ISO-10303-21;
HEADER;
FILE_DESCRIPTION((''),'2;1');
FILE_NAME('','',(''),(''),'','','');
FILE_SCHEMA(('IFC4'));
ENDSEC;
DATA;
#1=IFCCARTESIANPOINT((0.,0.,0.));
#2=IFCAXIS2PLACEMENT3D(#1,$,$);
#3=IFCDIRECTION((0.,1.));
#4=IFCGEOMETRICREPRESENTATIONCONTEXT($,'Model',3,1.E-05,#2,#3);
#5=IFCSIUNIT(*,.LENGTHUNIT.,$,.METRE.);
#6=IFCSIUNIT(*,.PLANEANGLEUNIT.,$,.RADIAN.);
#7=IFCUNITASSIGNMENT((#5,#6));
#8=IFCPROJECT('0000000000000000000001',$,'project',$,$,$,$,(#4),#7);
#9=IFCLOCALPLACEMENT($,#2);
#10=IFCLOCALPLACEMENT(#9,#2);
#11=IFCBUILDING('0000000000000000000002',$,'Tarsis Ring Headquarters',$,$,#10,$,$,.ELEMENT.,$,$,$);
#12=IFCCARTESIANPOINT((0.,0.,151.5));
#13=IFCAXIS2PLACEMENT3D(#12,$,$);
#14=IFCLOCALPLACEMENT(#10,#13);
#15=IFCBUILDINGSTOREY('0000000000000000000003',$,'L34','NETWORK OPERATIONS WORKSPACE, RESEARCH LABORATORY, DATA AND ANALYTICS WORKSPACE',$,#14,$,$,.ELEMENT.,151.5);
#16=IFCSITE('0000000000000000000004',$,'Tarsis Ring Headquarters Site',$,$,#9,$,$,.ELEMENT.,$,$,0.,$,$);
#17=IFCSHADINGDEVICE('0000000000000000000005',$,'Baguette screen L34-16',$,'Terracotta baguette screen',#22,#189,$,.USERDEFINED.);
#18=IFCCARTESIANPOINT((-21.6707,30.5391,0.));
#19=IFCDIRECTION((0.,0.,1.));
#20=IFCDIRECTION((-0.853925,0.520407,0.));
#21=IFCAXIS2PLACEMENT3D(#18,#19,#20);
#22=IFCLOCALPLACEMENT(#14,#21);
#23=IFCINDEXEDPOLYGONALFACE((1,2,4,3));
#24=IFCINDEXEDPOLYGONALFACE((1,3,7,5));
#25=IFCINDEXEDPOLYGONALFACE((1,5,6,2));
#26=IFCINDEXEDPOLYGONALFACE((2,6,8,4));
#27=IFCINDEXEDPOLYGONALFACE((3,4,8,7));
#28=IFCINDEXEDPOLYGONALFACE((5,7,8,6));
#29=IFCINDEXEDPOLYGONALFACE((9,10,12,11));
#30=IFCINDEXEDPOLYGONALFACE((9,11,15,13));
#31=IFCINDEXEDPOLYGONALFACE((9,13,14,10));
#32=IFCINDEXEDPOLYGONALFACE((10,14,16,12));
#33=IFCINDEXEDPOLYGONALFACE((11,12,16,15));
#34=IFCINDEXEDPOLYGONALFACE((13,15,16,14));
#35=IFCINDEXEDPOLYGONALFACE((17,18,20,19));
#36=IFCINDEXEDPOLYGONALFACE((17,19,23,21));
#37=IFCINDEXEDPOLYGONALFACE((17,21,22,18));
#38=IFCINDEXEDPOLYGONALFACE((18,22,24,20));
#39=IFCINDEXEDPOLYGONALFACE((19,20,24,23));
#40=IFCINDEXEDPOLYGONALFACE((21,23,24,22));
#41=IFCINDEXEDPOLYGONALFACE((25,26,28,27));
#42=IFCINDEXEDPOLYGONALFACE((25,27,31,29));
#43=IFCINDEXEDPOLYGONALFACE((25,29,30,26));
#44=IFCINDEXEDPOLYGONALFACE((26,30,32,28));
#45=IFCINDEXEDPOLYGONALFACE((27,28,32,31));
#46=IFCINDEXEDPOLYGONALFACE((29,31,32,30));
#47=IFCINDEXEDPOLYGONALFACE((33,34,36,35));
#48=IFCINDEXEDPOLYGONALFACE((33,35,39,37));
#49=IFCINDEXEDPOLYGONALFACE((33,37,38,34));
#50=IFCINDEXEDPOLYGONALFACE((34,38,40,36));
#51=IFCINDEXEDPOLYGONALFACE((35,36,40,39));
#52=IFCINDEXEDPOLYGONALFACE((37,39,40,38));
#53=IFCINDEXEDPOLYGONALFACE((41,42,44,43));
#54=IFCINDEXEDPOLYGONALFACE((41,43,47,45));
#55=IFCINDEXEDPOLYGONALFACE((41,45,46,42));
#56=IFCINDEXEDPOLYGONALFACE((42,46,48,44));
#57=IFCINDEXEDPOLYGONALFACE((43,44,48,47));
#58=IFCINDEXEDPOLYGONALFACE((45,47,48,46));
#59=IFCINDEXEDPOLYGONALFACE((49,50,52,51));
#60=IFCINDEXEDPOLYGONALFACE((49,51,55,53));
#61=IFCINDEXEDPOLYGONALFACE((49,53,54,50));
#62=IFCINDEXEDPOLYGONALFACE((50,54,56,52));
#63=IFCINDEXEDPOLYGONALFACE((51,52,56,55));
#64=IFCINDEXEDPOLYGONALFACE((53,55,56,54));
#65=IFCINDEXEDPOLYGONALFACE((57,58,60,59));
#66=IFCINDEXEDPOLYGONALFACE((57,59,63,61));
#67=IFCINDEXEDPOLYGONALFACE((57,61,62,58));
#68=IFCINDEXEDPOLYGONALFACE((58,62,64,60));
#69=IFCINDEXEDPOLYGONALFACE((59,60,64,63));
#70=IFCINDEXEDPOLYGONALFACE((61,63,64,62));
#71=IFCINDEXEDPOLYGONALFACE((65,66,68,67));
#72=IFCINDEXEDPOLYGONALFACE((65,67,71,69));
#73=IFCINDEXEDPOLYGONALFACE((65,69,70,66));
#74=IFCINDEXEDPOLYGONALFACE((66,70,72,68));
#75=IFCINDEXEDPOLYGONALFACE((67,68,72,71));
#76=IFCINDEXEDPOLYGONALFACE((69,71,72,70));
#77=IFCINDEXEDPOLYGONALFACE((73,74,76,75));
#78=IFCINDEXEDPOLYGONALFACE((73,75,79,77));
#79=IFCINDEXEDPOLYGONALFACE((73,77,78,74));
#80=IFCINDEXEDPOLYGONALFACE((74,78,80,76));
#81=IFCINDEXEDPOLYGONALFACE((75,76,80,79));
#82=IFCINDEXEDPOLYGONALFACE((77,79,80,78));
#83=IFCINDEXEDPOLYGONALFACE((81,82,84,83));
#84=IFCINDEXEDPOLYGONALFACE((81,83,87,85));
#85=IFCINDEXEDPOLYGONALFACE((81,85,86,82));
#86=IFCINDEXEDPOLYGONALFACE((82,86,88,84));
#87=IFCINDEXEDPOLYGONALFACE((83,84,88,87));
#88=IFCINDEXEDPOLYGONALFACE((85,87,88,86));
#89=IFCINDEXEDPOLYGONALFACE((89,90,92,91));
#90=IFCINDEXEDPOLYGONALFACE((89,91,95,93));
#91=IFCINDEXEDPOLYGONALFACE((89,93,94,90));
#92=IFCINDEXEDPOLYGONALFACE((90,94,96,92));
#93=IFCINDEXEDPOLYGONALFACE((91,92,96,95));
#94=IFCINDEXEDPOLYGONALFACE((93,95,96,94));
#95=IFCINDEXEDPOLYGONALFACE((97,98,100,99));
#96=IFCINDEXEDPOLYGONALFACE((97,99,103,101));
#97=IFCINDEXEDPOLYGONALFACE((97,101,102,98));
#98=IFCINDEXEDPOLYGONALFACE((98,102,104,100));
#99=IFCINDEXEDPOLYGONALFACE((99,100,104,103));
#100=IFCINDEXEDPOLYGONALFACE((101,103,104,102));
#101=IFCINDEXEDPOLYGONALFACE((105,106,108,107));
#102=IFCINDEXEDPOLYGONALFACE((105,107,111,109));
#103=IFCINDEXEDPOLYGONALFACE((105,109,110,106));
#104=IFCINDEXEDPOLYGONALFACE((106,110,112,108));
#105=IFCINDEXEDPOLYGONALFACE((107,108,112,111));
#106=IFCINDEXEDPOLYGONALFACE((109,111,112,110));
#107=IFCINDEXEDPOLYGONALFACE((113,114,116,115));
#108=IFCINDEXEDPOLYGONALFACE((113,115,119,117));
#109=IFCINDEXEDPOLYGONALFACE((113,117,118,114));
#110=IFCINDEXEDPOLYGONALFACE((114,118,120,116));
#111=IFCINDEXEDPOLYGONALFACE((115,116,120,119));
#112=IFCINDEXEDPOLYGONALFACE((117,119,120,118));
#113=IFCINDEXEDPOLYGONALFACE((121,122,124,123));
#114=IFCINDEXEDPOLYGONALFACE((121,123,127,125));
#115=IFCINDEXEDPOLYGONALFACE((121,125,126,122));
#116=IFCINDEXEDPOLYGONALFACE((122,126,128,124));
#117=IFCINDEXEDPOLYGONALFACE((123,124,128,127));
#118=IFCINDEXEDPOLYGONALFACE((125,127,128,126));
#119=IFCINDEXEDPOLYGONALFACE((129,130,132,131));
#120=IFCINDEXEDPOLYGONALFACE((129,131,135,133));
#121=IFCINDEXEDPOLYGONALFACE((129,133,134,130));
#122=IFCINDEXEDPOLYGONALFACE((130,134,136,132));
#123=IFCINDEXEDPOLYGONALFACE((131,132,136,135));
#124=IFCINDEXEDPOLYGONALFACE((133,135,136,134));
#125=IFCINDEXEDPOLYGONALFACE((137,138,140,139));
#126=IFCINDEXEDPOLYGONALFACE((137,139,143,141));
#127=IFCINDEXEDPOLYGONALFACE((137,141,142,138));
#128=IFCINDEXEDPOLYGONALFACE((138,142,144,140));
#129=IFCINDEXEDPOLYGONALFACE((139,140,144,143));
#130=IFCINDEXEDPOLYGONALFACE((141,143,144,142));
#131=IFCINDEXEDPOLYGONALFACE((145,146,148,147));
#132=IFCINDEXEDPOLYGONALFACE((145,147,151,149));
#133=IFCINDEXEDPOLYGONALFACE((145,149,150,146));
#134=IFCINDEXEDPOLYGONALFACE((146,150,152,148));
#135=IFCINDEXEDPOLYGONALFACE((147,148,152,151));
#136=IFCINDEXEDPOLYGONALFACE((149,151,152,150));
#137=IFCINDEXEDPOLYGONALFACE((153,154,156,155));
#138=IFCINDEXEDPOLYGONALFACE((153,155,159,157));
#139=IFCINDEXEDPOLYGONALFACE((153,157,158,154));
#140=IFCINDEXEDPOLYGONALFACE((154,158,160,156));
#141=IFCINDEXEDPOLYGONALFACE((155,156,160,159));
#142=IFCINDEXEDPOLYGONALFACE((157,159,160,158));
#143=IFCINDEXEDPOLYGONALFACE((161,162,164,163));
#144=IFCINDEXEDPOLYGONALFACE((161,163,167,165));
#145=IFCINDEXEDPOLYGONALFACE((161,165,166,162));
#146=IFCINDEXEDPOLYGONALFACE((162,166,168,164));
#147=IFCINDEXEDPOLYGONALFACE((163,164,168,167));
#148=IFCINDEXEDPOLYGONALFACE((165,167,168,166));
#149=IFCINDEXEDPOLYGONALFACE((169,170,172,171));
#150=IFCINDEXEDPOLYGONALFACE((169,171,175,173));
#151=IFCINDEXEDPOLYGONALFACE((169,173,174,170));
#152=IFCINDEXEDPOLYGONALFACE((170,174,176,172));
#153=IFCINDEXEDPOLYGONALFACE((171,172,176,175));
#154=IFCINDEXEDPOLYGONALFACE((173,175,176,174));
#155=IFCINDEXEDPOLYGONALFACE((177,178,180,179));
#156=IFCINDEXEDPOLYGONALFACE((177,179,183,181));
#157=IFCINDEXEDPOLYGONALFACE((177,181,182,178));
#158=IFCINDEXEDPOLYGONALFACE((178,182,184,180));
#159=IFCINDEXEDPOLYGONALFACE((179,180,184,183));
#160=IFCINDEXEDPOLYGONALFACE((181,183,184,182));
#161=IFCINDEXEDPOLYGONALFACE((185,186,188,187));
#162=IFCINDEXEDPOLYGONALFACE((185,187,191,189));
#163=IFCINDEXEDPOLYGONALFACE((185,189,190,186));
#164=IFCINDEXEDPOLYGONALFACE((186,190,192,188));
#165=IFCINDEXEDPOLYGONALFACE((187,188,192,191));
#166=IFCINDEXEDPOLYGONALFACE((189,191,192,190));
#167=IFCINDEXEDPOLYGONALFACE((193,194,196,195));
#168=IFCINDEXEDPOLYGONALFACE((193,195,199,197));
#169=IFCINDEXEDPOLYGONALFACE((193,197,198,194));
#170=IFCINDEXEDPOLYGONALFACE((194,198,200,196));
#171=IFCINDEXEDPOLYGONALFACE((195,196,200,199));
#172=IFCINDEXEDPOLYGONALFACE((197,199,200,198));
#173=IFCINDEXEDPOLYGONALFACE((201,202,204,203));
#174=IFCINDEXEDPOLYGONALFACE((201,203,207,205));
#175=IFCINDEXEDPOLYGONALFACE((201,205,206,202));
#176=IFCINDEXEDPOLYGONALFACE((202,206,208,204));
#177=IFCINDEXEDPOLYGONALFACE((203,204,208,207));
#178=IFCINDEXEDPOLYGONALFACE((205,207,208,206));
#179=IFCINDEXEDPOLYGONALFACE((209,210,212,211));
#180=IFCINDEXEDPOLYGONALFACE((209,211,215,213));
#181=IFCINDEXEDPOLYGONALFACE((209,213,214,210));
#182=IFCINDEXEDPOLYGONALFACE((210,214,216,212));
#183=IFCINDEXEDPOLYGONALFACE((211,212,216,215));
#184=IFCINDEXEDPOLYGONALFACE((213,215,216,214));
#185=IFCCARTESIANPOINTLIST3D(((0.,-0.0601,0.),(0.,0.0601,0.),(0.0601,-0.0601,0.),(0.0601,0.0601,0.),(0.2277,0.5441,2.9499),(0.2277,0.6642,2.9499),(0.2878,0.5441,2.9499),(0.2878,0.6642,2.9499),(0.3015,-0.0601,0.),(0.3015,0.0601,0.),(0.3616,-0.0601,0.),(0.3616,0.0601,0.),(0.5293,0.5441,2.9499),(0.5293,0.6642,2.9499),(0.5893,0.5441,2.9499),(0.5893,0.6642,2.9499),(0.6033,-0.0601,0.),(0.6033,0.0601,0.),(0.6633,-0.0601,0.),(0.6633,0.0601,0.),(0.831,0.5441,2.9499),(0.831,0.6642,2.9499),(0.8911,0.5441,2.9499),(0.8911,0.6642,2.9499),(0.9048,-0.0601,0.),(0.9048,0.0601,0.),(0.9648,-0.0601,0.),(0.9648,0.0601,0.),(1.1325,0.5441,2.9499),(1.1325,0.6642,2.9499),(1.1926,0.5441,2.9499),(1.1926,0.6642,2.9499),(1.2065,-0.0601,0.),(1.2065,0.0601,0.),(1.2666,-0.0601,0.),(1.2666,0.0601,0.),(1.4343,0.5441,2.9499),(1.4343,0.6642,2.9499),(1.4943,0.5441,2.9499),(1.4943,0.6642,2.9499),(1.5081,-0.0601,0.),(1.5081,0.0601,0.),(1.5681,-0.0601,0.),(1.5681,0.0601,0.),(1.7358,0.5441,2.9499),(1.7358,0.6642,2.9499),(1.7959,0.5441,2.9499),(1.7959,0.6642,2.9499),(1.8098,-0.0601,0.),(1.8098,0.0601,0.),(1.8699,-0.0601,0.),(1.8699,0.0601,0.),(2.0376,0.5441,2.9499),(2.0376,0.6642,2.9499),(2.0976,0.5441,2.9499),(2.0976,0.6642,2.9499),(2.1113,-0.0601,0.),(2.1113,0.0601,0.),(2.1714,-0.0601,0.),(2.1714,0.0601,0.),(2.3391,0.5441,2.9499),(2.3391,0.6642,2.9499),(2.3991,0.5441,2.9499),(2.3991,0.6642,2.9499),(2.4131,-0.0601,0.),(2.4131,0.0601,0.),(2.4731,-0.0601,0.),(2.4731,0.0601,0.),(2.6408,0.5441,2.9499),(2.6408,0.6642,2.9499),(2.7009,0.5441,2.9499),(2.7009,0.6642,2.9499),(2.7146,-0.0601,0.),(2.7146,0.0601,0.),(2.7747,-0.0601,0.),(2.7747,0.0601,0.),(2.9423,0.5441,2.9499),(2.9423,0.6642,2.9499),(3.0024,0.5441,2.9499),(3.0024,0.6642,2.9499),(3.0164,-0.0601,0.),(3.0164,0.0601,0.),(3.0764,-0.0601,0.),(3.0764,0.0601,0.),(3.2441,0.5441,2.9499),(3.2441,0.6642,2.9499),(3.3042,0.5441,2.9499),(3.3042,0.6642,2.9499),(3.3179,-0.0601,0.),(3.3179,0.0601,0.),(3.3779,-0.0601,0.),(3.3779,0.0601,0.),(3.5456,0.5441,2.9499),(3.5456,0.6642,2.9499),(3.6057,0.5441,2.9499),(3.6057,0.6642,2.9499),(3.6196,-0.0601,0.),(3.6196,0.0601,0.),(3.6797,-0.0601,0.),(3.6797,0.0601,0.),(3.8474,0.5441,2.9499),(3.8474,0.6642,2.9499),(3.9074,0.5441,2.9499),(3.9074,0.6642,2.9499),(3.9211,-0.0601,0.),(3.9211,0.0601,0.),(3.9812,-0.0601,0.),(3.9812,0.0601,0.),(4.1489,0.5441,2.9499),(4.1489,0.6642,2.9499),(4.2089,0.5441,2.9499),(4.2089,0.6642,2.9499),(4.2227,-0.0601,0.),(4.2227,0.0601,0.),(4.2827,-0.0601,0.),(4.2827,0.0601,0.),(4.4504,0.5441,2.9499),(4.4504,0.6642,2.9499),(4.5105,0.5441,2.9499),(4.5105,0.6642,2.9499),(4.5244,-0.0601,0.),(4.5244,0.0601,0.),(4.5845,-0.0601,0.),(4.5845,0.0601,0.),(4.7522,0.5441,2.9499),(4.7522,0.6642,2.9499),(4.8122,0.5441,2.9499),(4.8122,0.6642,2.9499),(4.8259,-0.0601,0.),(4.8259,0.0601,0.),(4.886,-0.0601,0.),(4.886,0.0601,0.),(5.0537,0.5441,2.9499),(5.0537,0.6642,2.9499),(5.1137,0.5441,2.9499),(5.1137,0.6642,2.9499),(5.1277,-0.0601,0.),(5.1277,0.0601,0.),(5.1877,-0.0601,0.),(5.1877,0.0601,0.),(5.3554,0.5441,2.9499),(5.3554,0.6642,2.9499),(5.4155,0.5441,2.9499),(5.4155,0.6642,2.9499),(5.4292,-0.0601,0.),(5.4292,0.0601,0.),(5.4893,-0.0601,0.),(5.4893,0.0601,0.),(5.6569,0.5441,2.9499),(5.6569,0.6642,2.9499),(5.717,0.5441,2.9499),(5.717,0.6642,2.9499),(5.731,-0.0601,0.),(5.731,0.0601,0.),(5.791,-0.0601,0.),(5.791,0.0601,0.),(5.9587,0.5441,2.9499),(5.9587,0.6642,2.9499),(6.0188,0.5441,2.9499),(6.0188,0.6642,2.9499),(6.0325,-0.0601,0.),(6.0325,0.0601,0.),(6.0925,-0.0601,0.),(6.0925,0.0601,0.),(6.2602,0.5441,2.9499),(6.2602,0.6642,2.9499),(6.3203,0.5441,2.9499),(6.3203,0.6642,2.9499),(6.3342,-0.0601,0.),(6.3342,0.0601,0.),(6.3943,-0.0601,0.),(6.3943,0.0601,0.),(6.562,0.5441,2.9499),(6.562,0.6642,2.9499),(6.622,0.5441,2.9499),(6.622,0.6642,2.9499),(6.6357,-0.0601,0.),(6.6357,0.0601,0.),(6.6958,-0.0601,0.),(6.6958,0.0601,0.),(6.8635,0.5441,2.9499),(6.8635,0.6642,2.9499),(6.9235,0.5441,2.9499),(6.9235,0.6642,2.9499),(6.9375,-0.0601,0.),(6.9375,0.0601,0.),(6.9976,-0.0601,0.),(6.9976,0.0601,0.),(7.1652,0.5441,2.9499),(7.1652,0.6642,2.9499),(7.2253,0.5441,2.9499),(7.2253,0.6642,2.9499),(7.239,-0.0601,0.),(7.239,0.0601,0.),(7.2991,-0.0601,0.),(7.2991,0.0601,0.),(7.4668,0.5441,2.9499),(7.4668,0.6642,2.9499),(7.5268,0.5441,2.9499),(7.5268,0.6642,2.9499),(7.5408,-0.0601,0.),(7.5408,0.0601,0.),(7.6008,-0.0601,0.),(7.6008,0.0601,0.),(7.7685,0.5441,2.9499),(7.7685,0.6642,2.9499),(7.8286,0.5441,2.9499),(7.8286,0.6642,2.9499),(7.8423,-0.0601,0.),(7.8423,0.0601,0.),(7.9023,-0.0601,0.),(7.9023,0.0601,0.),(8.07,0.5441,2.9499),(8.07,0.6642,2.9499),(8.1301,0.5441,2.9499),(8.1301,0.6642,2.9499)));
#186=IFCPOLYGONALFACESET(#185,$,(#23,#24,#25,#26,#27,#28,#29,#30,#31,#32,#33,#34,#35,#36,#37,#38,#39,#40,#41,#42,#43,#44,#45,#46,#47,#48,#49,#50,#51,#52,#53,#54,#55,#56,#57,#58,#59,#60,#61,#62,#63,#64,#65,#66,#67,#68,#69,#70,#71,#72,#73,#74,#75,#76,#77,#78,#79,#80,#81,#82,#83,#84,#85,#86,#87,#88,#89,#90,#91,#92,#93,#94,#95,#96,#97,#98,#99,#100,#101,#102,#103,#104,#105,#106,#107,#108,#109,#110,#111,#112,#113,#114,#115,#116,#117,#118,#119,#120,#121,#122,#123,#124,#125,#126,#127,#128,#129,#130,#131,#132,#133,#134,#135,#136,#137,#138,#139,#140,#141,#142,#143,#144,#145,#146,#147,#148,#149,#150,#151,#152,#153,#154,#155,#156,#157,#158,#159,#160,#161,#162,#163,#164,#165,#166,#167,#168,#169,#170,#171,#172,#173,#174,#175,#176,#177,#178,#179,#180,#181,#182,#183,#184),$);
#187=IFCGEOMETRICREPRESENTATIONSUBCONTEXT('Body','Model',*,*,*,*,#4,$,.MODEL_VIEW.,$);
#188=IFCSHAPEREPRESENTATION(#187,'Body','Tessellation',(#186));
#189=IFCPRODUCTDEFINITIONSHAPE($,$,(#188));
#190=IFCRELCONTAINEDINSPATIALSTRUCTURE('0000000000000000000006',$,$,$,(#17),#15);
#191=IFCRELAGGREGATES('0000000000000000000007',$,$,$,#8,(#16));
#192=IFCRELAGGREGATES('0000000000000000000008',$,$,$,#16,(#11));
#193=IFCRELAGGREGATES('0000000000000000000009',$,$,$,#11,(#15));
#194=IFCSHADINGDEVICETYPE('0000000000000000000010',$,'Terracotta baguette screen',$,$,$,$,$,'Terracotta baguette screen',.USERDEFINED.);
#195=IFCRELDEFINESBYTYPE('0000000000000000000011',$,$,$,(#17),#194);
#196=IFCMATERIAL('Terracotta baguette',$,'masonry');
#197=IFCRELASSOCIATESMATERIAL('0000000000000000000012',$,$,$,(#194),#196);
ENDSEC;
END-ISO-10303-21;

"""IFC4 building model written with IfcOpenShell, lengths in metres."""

from ifc_helpers import new_model, si_unit, direction, frame, frame_2d, origin, place, context, subcontext, project, spatial, rectangle, composite_profile, extrude, material, type_object, element, save


model = new_model("IFC4")

# Units and contexts
model_context = context("Model", 3, precision=1e-05, world=origin(), true_north=direction((0.0, 1.0)))
body_context = subcontext(model_context, "Body", "Model", "MODEL_VIEW")
ifc_project = project(units=[si_unit("LENGTHUNIT", "METRE"), si_unit("PLANEANGLEUNIT", "RADIAN")], contexts=[model_context])

# Site, building, storey
site_placement = place(None, origin())
site = spatial("IfcSite", under=ifc_project, at=site_placement, Name="Tarsis Ring Headquarters Site", CompositionType="ELEMENT", RefElevation=0.0)
building_placement = place(site_placement, origin())
building = spatial("IfcBuilding", under=site, at=building_placement, Name="Tarsis Ring Headquarters", CompositionType="ELEMENT")
storey_placement = place(building_placement, frame((0.0, 0.0, 151.5)))
storey = spatial("IfcBuildingStorey", under=building, at=storey_placement, Name="L34", Description="NETWORK OPERATIONS WORKSPACE, RESEARCH LABORATORY, DATA AND ANALYTICS WORKSPACE", CompositionType="ELEMENT", Elevation=151.5)

# Shading device
ifc_material_1 = material(Name="Terracotta baguette", Category="masonry")
shading_device_type_1 = type_object("IfcShadingDeviceType", Name="Terracotta baguette screen", ElementType="Terracotta baguette screen", PredefinedType="USERDEFINED", material=ifc_material_1)
shading_device_1_placement = place(storey_placement, frame((-21.6707, 30.5391, 0.0), z_axis=(0.0, 0.0, 1.0), x_axis=(-0.853925, 0.520407, 0.0)))
element("IfcShadingDevice", 1, at=shading_device_1_placement, inside=storey, type_object=shading_device_type_1, Name="Baguette screen L34-16", ObjectType="Terracotta baguette screen", PredefinedType="USERDEFINED", context=body_context, shape_type="SweptSolid", body=[
    extrude(composite_profile([rectangle(XDim=0.0601, YDim=0.1201, at=frame_2d((0.03, 0.0))), rectangle(XDim=0.0601, YDim=0.1201, at=frame_2d((0.3315, 0.0))), rectangle(XDim=0.0601, YDim=0.1201, at=frame_2d((0.6333, 0.0))), rectangle(XDim=0.0601, YDim=0.1201, at=frame_2d((0.9348, 0.0))), rectangle(XDim=0.0601, YDim=0.1201, at=frame_2d((1.2366, 0.0))), rectangle(XDim=0.0601, YDim=0.1201, at=frame_2d((1.5381, 0.0))), rectangle(XDim=0.0601, YDim=0.1201, at=frame_2d((1.8398, 0.0))), rectangle(XDim=0.0601, YDim=0.1201, at=frame_2d((2.1414, 0.0))), rectangle(XDim=0.0601, YDim=0.1201, at=frame_2d((2.4431, 0.0))), rectangle(XDim=0.0601, YDim=0.1201, at=frame_2d((2.7446, 0.0))), rectangle(XDim=0.0601, YDim=0.1201, at=frame_2d((3.0464, 0.0))), rectangle(XDim=0.0601, YDim=0.1201, at=frame_2d((3.3479, 0.0))), rectangle(XDim=0.0601, YDim=0.1201, at=frame_2d((3.6497, 0.0))), rectangle(XDim=0.0601, YDim=0.1201, at=frame_2d((3.9512, 0.0))), rectangle(XDim=0.0601, YDim=0.1201, at=frame_2d((4.2527, 0.0))), rectangle(XDim=0.0601, YDim=0.1201, at=frame_2d((4.5544, 0.0))), rectangle(XDim=0.0601, YDim=0.1201, at=frame_2d((4.856, 0.0))), rectangle(XDim=0.0601, YDim=0.1201, at=frame_2d((5.1577, 0.0))), rectangle(XDim=0.0601, YDim=0.1201, at=frame_2d((5.4592, 0.0))), rectangle(XDim=0.0601, YDim=0.1201, at=frame_2d((5.761, 0.0))), rectangle(XDim=0.0601, YDim=0.1201, at=frame_2d((6.0625, 0.0))), rectangle(XDim=0.0601, YDim=0.1201, at=frame_2d((6.3643, 0.0))), rectangle(XDim=0.0601, YDim=0.1201, at=frame_2d((6.6658, 0.0))), rectangle(XDim=0.0601, YDim=0.1201, at=frame_2d((6.9675, 0.0))), rectangle(XDim=0.0601, YDim=0.1201, at=frame_2d((7.269, 0.0))), rectangle(XDim=0.0601, YDim=0.1201, at=frame_2d((7.5708, 0.0))), rectangle(XDim=0.0601, YDim=0.1201, at=frame_2d((7.8723, 0.0)))]), origin(), (0.075418, 0.200075, 0.976874), 3.0198),
])

save(model, "model.ifc")
